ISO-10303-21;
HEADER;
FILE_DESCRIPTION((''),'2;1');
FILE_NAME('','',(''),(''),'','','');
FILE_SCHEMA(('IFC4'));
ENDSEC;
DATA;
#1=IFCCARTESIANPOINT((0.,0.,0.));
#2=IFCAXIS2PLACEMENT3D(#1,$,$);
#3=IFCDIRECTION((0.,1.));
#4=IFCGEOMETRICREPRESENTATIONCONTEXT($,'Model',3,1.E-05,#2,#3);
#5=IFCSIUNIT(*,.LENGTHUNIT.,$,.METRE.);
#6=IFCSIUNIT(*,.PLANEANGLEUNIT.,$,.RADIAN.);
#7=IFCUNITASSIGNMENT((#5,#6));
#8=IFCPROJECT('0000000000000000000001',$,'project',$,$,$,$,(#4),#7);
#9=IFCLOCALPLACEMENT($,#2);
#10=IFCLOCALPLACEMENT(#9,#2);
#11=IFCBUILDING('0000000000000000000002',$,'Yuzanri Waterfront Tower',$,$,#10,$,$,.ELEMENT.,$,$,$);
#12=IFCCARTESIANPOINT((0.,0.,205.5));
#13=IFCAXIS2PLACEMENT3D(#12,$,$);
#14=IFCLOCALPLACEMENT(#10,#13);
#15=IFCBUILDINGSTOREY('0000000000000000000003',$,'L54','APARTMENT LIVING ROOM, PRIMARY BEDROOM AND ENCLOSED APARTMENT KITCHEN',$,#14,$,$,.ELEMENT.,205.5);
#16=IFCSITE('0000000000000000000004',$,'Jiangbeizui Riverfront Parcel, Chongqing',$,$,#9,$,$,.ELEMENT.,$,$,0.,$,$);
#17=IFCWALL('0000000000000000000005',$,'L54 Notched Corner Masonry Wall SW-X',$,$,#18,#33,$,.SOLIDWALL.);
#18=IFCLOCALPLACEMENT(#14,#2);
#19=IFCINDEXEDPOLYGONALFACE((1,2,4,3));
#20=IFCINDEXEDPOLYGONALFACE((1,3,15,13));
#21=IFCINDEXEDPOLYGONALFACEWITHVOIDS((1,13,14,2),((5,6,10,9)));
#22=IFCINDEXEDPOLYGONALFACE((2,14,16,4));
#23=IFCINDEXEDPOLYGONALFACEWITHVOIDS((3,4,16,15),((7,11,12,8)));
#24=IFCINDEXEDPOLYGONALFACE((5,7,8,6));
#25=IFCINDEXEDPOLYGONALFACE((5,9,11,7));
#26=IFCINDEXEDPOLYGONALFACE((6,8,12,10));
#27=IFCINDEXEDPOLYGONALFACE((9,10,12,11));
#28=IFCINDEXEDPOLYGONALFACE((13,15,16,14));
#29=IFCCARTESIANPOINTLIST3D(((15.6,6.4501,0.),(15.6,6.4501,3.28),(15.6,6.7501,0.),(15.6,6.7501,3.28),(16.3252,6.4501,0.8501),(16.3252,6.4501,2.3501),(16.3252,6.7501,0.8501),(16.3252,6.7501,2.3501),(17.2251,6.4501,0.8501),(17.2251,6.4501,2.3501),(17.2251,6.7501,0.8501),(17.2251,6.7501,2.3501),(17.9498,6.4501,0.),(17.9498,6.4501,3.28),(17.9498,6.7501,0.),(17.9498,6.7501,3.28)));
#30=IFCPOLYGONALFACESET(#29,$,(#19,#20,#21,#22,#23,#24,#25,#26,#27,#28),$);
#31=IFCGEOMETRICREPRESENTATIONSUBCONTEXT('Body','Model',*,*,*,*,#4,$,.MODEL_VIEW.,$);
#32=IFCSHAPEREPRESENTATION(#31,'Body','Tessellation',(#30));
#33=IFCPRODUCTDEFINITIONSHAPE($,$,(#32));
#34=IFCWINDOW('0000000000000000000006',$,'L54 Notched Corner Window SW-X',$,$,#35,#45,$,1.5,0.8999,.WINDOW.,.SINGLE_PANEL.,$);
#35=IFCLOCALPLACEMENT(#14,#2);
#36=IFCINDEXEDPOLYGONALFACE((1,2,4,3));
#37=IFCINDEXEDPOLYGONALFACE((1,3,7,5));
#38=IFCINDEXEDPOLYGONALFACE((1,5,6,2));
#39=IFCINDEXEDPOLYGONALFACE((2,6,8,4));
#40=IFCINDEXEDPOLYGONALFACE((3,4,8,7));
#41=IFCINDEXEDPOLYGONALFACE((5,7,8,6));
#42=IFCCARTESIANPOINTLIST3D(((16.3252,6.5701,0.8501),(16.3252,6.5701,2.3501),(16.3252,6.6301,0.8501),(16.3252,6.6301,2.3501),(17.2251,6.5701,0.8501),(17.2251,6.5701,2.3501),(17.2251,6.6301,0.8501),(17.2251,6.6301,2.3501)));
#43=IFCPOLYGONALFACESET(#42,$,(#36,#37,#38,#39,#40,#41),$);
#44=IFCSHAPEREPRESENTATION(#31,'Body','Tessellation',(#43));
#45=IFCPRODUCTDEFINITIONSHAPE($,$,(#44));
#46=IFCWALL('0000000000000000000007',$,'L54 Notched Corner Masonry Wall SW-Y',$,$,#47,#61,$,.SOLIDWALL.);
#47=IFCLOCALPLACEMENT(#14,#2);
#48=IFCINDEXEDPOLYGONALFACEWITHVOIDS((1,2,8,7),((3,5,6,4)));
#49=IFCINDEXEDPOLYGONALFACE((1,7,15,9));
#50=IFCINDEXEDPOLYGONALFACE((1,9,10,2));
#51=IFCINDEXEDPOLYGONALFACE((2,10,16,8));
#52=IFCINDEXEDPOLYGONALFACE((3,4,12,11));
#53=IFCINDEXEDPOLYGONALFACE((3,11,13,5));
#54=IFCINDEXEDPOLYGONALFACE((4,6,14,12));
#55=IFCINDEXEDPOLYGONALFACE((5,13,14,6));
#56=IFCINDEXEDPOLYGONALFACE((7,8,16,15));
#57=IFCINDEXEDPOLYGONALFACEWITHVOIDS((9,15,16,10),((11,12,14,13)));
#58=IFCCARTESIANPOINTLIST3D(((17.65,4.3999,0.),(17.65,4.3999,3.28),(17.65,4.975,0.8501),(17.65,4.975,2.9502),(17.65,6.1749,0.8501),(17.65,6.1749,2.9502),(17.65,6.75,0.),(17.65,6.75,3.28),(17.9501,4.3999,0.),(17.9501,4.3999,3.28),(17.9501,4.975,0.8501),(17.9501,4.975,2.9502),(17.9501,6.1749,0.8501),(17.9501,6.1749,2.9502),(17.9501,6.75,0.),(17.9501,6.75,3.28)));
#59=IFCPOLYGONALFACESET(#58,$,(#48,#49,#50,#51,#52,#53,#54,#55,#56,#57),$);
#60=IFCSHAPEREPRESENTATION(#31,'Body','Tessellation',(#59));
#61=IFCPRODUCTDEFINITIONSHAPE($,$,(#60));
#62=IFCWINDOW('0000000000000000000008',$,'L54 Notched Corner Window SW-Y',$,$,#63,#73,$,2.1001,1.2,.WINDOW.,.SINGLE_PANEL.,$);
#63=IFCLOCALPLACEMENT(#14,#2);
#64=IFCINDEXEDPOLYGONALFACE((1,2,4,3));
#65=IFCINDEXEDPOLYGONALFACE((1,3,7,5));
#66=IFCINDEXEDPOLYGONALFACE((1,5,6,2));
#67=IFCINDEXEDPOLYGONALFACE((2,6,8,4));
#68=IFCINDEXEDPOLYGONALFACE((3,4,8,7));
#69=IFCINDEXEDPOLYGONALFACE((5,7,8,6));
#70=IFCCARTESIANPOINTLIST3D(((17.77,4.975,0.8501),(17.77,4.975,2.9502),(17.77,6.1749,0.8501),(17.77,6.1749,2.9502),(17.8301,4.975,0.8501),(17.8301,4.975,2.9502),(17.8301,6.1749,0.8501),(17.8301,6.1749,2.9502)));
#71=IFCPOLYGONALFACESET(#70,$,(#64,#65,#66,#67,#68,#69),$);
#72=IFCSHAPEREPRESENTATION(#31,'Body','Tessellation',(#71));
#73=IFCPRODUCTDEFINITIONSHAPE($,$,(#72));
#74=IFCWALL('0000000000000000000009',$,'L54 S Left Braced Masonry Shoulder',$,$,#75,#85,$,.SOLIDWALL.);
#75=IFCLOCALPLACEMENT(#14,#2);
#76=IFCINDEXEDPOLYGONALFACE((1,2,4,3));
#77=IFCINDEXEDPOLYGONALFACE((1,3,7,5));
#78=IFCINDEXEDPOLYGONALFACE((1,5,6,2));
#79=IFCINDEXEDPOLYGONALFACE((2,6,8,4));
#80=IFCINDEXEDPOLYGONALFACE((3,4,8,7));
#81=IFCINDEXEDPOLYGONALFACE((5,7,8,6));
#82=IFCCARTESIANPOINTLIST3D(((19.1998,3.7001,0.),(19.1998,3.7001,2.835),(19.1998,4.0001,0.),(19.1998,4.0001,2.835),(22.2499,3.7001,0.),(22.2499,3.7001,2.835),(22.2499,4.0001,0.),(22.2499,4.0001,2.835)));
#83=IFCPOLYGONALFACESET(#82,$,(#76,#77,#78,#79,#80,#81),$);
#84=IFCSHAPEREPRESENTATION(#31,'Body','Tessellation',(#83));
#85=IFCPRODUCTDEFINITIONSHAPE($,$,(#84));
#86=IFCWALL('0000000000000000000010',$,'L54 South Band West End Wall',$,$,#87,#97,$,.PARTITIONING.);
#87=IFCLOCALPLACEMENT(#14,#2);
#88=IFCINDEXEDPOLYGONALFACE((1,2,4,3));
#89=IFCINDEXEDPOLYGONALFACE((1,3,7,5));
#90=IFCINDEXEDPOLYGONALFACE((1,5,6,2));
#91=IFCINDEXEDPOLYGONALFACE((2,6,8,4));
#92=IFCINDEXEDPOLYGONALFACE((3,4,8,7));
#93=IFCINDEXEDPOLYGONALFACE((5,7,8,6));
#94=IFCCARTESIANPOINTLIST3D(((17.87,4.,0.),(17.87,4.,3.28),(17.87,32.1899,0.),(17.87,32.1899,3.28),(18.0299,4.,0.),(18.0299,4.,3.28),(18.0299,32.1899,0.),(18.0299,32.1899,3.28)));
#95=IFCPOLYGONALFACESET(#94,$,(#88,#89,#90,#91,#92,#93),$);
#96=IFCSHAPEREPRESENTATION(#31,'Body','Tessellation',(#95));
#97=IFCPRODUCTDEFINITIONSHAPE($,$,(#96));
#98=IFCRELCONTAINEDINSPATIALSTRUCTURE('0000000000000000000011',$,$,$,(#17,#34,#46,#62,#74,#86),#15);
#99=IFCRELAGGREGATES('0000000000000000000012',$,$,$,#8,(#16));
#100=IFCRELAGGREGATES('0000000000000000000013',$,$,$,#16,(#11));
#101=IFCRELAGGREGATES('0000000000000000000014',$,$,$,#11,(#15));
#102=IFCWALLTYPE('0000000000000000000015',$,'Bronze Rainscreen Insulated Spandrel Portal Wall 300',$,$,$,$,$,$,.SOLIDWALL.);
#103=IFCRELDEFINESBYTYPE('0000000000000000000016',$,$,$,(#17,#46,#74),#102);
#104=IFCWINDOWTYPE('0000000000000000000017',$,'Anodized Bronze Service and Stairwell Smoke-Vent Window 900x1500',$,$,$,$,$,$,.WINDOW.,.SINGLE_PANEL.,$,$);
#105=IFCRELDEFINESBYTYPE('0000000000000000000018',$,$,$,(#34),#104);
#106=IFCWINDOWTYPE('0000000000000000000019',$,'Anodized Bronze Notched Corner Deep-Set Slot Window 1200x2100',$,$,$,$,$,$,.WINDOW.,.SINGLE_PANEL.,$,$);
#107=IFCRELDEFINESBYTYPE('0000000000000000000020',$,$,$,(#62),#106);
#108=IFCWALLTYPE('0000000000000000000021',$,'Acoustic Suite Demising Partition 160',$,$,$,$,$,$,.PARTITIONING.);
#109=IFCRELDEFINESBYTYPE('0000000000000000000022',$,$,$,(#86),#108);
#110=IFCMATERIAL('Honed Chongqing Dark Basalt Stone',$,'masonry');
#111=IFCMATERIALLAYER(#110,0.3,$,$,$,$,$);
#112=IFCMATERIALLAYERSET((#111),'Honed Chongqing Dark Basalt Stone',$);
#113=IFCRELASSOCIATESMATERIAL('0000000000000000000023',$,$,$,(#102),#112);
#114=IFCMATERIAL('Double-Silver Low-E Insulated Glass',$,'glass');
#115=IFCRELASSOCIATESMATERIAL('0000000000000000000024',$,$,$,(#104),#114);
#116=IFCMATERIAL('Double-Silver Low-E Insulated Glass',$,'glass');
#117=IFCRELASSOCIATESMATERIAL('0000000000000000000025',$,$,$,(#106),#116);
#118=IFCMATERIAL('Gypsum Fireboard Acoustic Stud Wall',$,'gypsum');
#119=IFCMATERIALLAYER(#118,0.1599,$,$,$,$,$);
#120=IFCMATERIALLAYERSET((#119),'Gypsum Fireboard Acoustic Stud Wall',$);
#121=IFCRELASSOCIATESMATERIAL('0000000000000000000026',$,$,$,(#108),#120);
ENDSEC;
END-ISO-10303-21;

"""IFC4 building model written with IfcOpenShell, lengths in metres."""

from ifc_helpers import new_model, si_unit, direction, frame, frame_2d, origin, place, context, subcontext, project, spatial, rectangle, extrude, source, transform, mapped, material, layer, layer_set, type_object, element, fill, save


model = new_model("IFC4")

# Units and contexts
model_context = context("Model", 3, precision=1e-05, world=origin(), true_north=direction((0.0, 1.0)))
body_context = subcontext(model_context, "Body", "Model", "MODEL_VIEW")
ifc_project = project(units=[si_unit("LENGTHUNIT", "METRE"), si_unit("PLANEANGLEUNIT", "RADIAN")], contexts=[model_context])

# Site, building, storey
site_placement = place(None, origin())
site = spatial("IfcSite", under=ifc_project, at=site_placement, Name="Jiangbeizui Riverfront Parcel, Chongqing", CompositionType="ELEMENT", RefElevation=0.0)
building_placement = place(site_placement, origin())
building = spatial("IfcBuilding", under=site, at=building_placement, Name="Yuzanri Waterfront Tower", CompositionType="ELEMENT")
storey_placement = place(building_placement, frame((0.0, 0.0, 205.5)))
storey = spatial("IfcBuildingStorey", under=building, at=storey_placement, Name="L54", Description="APARTMENT LIVING ROOM, PRIMARY BEDROOM AND ENCLOSED APARTMENT KITCHEN", CompositionType="ELEMENT", Elevation=205.5)

# Walls, openings, windows
ifc_material_1 = material(Name="Honed Chongqing Dark Basalt Stone", Category="masonry")
ifc_layer_1 = layer(ifc_material_1, 0.3)
ifc_layer_set_1 = layer_set([ifc_layer_1], Name="Honed Chongqing Dark Basalt Stone")
wall_type_1 = type_object("IfcWallType", Name="Bronze Rainscreen Insulated Spandrel Portal Wall 300", PredefinedType="SOLIDWALL", material=ifc_layer_set_1)
wall_1_placement = place(storey_placement, frame((15.6001, 6.6001, 0.0), z_axis=(0.0, 0.0, 1.0), x_axis=(1.0, 0.0, 0.0)))
wall_1 = element("IfcWall", 1, at=wall_1_placement, inside=storey, type_object=wall_type_1, Name="L54 Notched Corner Masonry Wall SW-X", PredefinedType="SOLIDWALL", context=body_context, shape_type="SweptSolid", body=[
    extrude(rectangle(XDim=2.3499, YDim=0.3, at=frame_2d((1.1748, 0.0))), origin(), (0.0, 0.0, 1.0), 3.28),
])
opening_1_placement = place(wall_1_placement, frame((0.7251, 0.0, 0.8501)))
opening_1 = element("IfcOpeningElement", 2, at=opening_1_placement, cuts=wall_1, PredefinedType="OPENING", context=body_context, shape_type="SweptSolid", body=[
    extrude(rectangle(XDim=0.8999, YDim=1.5, at=frame_2d((0.45, 0.75))), frame((0.0, 0.165, 0.0), z_axis=(0.0, -1.0, 0.0), x_axis=(1.0, 0.0, 0.0)), (0.0, 0.0, 1.0), 0.3298),
])
ifc_material_2 = material(Name="Double-Silver Low-E Insulated Glass", Category="glass")
window_type_1 = type_object("IfcWindowType", Name="Anodized Bronze Service and Stairwell Smoke-Vent Window 900x1500", PartitioningType="SINGLE_PANEL", PredefinedType="WINDOW", material=ifc_material_2)
shared_shape_1 = source(origin(), body_context, "Body", "SweptSolid", [
    extrude(rectangle(XDim=0.8999, YDim=1.5, at=frame_2d((0.45, 0.75))), frame((0.0, 0.03, 0.0), z_axis=(0.0, -1.0, 0.0), x_axis=(1.0, 0.0, 0.0)), (0.0, 0.0, 1.0), 0.0601),
])
window_1_placement = place(opening_1_placement, origin())
window_1 = element("IfcWindow", 3, at=window_1_placement, inside=storey, type_object=window_type_1, Name="L54 Notched Corner Window SW-X", OverallHeight=1.5, OverallWidth=0.8999, PartitioningType="SINGLE_PANEL", PredefinedType="WINDOW", context=body_context, shape_type="MappedRepresentation", body=[
    mapped(shared_shape_1, transform((0.0, 0.0, 0.0), scale=1.0)),
])
fill(opening_1, window_1)
wall_2_placement = place(storey_placement, frame((17.8, 6.75, 0.0), z_axis=(0.0, 0.0, 1.0), x_axis=(0.0, -1.0, 0.0)))
wall_2 = element("IfcWall", 4, at=wall_2_placement, inside=storey, type_object=wall_type_1, Name="L54 Notched Corner Masonry Wall SW-Y", PredefinedType="SOLIDWALL", context=body_context, shape_type="SweptSolid", body=[
    extrude(rectangle(XDim=2.3501, YDim=0.3, at=frame_2d((1.175, 0.0))), origin(), (0.0, 0.0, 1.0), 3.28),
])
opening_2_placement = place(wall_2_placement, frame((0.575, 0.0, 0.8501)))
opening_2 = element("IfcOpeningElement", 5, at=opening_2_placement, cuts=wall_2, PredefinedType="OPENING", context=body_context, shape_type="SweptSolid", body=[
    extrude(rectangle(XDim=1.2, YDim=2.1001, at=frame_2d((0.6001, 1.05))), frame((0.0, 0.165, 0.0), z_axis=(0.0, -1.0, 0.0), x_axis=(1.0, 0.0, 0.0)), (0.0, 0.0, 1.0), 0.3298),
])
ifc_material_3 = material(Name="Double-Silver Low-E Insulated Glass", Category="glass")
window_type_2 = type_object("IfcWindowType", Name="Anodized Bronze Notched Corner Deep-Set Slot Window 1200x2100", PartitioningType="SINGLE_PANEL", PredefinedType="WINDOW", material=ifc_material_3)
shared_shape_2 = source(origin(), body_context, "Body", "SweptSolid", [
    extrude(rectangle(XDim=1.2, YDim=2.1001, at=frame_2d((0.6001, 1.05))), frame((0.0, 0.03, 0.0), z_axis=(0.0, -1.0, 0.0), x_axis=(1.0, 0.0, 0.0)), (0.0, 0.0, 1.0), 0.0601),
])
window_2_placement = place(opening_2_placement, origin())
window_2 = element("IfcWindow", 6, at=window_2_placement, inside=storey, type_object=window_type_2, Name="L54 Notched Corner Window SW-Y", OverallHeight=2.1001, OverallWidth=1.2, PartitioningType="SINGLE_PANEL", PredefinedType="WINDOW", context=body_context, shape_type="MappedRepresentation", body=[
    mapped(shared_shape_2, transform((0.0, 0.0, 0.0), scale=1.0)),
])
fill(opening_2, window_2)

# Walls
shared_shape_3 = source(origin(), body_context, "Body", "SweptSolid", [
    extrude(rectangle(XDim=3.05, YDim=0.3, at=frame_2d((1.5249, 0.0))), origin(), (0.0, 0.0, 1.0), 2.835),
])
wall_3_placement = place(storey_placement, frame((19.2, 3.8501, 0.0), z_axis=(0.0, 0.0, 1.0), x_axis=(1.0, 0.0, 0.0)))
element("IfcWall", 7, at=wall_3_placement, inside=storey, type_object=wall_type_1, Name="L54 S Left Braced Masonry Shoulder", PredefinedType="SOLIDWALL", context=body_context, shape_type="MappedRepresentation", body=[
    mapped(shared_shape_3, transform((0.0, 0.0, 0.0), scale=1.0)),
])
ifc_material_4 = material(Name="Gypsum Fireboard Acoustic Stud Wall", Category="gypsum")
ifc_layer_2 = layer(ifc_material_4, 0.1599)
ifc_layer_set_2 = layer_set([ifc_layer_2], Name="Gypsum Fireboard Acoustic Stud Wall")
wall_type_2 = type_object("IfcWallType", Name="Acoustic Suite Demising Partition 160", PredefinedType="PARTITIONING", material=ifc_layer_set_2)
shared_shape_4 = source(origin(), body_context, "Body", "SweptSolid", [
    extrude(rectangle(XDim=28.1899, YDim=0.1599, at=frame_2d((14.095, 0.0))), origin(), (0.0, 0.0, 1.0), 3.28),
])
wall_4_placement = place(storey_placement, frame((17.95, 4.0, 0.0), z_axis=(0.0, 0.0, 1.0), x_axis=(0.0, 1.0, 0.0)))
element("IfcWall", 8, at=wall_4_placement, inside=storey, type_object=wall_type_2, Name="L54 South Band West End Wall", PredefinedType="PARTITIONING", context=body_context, shape_type="MappedRepresentation", body=[
    mapped(shared_shape_4, transform((0.0, 0.0, 0.0), scale=1.0)),
])

save(model, "model.ifc")
